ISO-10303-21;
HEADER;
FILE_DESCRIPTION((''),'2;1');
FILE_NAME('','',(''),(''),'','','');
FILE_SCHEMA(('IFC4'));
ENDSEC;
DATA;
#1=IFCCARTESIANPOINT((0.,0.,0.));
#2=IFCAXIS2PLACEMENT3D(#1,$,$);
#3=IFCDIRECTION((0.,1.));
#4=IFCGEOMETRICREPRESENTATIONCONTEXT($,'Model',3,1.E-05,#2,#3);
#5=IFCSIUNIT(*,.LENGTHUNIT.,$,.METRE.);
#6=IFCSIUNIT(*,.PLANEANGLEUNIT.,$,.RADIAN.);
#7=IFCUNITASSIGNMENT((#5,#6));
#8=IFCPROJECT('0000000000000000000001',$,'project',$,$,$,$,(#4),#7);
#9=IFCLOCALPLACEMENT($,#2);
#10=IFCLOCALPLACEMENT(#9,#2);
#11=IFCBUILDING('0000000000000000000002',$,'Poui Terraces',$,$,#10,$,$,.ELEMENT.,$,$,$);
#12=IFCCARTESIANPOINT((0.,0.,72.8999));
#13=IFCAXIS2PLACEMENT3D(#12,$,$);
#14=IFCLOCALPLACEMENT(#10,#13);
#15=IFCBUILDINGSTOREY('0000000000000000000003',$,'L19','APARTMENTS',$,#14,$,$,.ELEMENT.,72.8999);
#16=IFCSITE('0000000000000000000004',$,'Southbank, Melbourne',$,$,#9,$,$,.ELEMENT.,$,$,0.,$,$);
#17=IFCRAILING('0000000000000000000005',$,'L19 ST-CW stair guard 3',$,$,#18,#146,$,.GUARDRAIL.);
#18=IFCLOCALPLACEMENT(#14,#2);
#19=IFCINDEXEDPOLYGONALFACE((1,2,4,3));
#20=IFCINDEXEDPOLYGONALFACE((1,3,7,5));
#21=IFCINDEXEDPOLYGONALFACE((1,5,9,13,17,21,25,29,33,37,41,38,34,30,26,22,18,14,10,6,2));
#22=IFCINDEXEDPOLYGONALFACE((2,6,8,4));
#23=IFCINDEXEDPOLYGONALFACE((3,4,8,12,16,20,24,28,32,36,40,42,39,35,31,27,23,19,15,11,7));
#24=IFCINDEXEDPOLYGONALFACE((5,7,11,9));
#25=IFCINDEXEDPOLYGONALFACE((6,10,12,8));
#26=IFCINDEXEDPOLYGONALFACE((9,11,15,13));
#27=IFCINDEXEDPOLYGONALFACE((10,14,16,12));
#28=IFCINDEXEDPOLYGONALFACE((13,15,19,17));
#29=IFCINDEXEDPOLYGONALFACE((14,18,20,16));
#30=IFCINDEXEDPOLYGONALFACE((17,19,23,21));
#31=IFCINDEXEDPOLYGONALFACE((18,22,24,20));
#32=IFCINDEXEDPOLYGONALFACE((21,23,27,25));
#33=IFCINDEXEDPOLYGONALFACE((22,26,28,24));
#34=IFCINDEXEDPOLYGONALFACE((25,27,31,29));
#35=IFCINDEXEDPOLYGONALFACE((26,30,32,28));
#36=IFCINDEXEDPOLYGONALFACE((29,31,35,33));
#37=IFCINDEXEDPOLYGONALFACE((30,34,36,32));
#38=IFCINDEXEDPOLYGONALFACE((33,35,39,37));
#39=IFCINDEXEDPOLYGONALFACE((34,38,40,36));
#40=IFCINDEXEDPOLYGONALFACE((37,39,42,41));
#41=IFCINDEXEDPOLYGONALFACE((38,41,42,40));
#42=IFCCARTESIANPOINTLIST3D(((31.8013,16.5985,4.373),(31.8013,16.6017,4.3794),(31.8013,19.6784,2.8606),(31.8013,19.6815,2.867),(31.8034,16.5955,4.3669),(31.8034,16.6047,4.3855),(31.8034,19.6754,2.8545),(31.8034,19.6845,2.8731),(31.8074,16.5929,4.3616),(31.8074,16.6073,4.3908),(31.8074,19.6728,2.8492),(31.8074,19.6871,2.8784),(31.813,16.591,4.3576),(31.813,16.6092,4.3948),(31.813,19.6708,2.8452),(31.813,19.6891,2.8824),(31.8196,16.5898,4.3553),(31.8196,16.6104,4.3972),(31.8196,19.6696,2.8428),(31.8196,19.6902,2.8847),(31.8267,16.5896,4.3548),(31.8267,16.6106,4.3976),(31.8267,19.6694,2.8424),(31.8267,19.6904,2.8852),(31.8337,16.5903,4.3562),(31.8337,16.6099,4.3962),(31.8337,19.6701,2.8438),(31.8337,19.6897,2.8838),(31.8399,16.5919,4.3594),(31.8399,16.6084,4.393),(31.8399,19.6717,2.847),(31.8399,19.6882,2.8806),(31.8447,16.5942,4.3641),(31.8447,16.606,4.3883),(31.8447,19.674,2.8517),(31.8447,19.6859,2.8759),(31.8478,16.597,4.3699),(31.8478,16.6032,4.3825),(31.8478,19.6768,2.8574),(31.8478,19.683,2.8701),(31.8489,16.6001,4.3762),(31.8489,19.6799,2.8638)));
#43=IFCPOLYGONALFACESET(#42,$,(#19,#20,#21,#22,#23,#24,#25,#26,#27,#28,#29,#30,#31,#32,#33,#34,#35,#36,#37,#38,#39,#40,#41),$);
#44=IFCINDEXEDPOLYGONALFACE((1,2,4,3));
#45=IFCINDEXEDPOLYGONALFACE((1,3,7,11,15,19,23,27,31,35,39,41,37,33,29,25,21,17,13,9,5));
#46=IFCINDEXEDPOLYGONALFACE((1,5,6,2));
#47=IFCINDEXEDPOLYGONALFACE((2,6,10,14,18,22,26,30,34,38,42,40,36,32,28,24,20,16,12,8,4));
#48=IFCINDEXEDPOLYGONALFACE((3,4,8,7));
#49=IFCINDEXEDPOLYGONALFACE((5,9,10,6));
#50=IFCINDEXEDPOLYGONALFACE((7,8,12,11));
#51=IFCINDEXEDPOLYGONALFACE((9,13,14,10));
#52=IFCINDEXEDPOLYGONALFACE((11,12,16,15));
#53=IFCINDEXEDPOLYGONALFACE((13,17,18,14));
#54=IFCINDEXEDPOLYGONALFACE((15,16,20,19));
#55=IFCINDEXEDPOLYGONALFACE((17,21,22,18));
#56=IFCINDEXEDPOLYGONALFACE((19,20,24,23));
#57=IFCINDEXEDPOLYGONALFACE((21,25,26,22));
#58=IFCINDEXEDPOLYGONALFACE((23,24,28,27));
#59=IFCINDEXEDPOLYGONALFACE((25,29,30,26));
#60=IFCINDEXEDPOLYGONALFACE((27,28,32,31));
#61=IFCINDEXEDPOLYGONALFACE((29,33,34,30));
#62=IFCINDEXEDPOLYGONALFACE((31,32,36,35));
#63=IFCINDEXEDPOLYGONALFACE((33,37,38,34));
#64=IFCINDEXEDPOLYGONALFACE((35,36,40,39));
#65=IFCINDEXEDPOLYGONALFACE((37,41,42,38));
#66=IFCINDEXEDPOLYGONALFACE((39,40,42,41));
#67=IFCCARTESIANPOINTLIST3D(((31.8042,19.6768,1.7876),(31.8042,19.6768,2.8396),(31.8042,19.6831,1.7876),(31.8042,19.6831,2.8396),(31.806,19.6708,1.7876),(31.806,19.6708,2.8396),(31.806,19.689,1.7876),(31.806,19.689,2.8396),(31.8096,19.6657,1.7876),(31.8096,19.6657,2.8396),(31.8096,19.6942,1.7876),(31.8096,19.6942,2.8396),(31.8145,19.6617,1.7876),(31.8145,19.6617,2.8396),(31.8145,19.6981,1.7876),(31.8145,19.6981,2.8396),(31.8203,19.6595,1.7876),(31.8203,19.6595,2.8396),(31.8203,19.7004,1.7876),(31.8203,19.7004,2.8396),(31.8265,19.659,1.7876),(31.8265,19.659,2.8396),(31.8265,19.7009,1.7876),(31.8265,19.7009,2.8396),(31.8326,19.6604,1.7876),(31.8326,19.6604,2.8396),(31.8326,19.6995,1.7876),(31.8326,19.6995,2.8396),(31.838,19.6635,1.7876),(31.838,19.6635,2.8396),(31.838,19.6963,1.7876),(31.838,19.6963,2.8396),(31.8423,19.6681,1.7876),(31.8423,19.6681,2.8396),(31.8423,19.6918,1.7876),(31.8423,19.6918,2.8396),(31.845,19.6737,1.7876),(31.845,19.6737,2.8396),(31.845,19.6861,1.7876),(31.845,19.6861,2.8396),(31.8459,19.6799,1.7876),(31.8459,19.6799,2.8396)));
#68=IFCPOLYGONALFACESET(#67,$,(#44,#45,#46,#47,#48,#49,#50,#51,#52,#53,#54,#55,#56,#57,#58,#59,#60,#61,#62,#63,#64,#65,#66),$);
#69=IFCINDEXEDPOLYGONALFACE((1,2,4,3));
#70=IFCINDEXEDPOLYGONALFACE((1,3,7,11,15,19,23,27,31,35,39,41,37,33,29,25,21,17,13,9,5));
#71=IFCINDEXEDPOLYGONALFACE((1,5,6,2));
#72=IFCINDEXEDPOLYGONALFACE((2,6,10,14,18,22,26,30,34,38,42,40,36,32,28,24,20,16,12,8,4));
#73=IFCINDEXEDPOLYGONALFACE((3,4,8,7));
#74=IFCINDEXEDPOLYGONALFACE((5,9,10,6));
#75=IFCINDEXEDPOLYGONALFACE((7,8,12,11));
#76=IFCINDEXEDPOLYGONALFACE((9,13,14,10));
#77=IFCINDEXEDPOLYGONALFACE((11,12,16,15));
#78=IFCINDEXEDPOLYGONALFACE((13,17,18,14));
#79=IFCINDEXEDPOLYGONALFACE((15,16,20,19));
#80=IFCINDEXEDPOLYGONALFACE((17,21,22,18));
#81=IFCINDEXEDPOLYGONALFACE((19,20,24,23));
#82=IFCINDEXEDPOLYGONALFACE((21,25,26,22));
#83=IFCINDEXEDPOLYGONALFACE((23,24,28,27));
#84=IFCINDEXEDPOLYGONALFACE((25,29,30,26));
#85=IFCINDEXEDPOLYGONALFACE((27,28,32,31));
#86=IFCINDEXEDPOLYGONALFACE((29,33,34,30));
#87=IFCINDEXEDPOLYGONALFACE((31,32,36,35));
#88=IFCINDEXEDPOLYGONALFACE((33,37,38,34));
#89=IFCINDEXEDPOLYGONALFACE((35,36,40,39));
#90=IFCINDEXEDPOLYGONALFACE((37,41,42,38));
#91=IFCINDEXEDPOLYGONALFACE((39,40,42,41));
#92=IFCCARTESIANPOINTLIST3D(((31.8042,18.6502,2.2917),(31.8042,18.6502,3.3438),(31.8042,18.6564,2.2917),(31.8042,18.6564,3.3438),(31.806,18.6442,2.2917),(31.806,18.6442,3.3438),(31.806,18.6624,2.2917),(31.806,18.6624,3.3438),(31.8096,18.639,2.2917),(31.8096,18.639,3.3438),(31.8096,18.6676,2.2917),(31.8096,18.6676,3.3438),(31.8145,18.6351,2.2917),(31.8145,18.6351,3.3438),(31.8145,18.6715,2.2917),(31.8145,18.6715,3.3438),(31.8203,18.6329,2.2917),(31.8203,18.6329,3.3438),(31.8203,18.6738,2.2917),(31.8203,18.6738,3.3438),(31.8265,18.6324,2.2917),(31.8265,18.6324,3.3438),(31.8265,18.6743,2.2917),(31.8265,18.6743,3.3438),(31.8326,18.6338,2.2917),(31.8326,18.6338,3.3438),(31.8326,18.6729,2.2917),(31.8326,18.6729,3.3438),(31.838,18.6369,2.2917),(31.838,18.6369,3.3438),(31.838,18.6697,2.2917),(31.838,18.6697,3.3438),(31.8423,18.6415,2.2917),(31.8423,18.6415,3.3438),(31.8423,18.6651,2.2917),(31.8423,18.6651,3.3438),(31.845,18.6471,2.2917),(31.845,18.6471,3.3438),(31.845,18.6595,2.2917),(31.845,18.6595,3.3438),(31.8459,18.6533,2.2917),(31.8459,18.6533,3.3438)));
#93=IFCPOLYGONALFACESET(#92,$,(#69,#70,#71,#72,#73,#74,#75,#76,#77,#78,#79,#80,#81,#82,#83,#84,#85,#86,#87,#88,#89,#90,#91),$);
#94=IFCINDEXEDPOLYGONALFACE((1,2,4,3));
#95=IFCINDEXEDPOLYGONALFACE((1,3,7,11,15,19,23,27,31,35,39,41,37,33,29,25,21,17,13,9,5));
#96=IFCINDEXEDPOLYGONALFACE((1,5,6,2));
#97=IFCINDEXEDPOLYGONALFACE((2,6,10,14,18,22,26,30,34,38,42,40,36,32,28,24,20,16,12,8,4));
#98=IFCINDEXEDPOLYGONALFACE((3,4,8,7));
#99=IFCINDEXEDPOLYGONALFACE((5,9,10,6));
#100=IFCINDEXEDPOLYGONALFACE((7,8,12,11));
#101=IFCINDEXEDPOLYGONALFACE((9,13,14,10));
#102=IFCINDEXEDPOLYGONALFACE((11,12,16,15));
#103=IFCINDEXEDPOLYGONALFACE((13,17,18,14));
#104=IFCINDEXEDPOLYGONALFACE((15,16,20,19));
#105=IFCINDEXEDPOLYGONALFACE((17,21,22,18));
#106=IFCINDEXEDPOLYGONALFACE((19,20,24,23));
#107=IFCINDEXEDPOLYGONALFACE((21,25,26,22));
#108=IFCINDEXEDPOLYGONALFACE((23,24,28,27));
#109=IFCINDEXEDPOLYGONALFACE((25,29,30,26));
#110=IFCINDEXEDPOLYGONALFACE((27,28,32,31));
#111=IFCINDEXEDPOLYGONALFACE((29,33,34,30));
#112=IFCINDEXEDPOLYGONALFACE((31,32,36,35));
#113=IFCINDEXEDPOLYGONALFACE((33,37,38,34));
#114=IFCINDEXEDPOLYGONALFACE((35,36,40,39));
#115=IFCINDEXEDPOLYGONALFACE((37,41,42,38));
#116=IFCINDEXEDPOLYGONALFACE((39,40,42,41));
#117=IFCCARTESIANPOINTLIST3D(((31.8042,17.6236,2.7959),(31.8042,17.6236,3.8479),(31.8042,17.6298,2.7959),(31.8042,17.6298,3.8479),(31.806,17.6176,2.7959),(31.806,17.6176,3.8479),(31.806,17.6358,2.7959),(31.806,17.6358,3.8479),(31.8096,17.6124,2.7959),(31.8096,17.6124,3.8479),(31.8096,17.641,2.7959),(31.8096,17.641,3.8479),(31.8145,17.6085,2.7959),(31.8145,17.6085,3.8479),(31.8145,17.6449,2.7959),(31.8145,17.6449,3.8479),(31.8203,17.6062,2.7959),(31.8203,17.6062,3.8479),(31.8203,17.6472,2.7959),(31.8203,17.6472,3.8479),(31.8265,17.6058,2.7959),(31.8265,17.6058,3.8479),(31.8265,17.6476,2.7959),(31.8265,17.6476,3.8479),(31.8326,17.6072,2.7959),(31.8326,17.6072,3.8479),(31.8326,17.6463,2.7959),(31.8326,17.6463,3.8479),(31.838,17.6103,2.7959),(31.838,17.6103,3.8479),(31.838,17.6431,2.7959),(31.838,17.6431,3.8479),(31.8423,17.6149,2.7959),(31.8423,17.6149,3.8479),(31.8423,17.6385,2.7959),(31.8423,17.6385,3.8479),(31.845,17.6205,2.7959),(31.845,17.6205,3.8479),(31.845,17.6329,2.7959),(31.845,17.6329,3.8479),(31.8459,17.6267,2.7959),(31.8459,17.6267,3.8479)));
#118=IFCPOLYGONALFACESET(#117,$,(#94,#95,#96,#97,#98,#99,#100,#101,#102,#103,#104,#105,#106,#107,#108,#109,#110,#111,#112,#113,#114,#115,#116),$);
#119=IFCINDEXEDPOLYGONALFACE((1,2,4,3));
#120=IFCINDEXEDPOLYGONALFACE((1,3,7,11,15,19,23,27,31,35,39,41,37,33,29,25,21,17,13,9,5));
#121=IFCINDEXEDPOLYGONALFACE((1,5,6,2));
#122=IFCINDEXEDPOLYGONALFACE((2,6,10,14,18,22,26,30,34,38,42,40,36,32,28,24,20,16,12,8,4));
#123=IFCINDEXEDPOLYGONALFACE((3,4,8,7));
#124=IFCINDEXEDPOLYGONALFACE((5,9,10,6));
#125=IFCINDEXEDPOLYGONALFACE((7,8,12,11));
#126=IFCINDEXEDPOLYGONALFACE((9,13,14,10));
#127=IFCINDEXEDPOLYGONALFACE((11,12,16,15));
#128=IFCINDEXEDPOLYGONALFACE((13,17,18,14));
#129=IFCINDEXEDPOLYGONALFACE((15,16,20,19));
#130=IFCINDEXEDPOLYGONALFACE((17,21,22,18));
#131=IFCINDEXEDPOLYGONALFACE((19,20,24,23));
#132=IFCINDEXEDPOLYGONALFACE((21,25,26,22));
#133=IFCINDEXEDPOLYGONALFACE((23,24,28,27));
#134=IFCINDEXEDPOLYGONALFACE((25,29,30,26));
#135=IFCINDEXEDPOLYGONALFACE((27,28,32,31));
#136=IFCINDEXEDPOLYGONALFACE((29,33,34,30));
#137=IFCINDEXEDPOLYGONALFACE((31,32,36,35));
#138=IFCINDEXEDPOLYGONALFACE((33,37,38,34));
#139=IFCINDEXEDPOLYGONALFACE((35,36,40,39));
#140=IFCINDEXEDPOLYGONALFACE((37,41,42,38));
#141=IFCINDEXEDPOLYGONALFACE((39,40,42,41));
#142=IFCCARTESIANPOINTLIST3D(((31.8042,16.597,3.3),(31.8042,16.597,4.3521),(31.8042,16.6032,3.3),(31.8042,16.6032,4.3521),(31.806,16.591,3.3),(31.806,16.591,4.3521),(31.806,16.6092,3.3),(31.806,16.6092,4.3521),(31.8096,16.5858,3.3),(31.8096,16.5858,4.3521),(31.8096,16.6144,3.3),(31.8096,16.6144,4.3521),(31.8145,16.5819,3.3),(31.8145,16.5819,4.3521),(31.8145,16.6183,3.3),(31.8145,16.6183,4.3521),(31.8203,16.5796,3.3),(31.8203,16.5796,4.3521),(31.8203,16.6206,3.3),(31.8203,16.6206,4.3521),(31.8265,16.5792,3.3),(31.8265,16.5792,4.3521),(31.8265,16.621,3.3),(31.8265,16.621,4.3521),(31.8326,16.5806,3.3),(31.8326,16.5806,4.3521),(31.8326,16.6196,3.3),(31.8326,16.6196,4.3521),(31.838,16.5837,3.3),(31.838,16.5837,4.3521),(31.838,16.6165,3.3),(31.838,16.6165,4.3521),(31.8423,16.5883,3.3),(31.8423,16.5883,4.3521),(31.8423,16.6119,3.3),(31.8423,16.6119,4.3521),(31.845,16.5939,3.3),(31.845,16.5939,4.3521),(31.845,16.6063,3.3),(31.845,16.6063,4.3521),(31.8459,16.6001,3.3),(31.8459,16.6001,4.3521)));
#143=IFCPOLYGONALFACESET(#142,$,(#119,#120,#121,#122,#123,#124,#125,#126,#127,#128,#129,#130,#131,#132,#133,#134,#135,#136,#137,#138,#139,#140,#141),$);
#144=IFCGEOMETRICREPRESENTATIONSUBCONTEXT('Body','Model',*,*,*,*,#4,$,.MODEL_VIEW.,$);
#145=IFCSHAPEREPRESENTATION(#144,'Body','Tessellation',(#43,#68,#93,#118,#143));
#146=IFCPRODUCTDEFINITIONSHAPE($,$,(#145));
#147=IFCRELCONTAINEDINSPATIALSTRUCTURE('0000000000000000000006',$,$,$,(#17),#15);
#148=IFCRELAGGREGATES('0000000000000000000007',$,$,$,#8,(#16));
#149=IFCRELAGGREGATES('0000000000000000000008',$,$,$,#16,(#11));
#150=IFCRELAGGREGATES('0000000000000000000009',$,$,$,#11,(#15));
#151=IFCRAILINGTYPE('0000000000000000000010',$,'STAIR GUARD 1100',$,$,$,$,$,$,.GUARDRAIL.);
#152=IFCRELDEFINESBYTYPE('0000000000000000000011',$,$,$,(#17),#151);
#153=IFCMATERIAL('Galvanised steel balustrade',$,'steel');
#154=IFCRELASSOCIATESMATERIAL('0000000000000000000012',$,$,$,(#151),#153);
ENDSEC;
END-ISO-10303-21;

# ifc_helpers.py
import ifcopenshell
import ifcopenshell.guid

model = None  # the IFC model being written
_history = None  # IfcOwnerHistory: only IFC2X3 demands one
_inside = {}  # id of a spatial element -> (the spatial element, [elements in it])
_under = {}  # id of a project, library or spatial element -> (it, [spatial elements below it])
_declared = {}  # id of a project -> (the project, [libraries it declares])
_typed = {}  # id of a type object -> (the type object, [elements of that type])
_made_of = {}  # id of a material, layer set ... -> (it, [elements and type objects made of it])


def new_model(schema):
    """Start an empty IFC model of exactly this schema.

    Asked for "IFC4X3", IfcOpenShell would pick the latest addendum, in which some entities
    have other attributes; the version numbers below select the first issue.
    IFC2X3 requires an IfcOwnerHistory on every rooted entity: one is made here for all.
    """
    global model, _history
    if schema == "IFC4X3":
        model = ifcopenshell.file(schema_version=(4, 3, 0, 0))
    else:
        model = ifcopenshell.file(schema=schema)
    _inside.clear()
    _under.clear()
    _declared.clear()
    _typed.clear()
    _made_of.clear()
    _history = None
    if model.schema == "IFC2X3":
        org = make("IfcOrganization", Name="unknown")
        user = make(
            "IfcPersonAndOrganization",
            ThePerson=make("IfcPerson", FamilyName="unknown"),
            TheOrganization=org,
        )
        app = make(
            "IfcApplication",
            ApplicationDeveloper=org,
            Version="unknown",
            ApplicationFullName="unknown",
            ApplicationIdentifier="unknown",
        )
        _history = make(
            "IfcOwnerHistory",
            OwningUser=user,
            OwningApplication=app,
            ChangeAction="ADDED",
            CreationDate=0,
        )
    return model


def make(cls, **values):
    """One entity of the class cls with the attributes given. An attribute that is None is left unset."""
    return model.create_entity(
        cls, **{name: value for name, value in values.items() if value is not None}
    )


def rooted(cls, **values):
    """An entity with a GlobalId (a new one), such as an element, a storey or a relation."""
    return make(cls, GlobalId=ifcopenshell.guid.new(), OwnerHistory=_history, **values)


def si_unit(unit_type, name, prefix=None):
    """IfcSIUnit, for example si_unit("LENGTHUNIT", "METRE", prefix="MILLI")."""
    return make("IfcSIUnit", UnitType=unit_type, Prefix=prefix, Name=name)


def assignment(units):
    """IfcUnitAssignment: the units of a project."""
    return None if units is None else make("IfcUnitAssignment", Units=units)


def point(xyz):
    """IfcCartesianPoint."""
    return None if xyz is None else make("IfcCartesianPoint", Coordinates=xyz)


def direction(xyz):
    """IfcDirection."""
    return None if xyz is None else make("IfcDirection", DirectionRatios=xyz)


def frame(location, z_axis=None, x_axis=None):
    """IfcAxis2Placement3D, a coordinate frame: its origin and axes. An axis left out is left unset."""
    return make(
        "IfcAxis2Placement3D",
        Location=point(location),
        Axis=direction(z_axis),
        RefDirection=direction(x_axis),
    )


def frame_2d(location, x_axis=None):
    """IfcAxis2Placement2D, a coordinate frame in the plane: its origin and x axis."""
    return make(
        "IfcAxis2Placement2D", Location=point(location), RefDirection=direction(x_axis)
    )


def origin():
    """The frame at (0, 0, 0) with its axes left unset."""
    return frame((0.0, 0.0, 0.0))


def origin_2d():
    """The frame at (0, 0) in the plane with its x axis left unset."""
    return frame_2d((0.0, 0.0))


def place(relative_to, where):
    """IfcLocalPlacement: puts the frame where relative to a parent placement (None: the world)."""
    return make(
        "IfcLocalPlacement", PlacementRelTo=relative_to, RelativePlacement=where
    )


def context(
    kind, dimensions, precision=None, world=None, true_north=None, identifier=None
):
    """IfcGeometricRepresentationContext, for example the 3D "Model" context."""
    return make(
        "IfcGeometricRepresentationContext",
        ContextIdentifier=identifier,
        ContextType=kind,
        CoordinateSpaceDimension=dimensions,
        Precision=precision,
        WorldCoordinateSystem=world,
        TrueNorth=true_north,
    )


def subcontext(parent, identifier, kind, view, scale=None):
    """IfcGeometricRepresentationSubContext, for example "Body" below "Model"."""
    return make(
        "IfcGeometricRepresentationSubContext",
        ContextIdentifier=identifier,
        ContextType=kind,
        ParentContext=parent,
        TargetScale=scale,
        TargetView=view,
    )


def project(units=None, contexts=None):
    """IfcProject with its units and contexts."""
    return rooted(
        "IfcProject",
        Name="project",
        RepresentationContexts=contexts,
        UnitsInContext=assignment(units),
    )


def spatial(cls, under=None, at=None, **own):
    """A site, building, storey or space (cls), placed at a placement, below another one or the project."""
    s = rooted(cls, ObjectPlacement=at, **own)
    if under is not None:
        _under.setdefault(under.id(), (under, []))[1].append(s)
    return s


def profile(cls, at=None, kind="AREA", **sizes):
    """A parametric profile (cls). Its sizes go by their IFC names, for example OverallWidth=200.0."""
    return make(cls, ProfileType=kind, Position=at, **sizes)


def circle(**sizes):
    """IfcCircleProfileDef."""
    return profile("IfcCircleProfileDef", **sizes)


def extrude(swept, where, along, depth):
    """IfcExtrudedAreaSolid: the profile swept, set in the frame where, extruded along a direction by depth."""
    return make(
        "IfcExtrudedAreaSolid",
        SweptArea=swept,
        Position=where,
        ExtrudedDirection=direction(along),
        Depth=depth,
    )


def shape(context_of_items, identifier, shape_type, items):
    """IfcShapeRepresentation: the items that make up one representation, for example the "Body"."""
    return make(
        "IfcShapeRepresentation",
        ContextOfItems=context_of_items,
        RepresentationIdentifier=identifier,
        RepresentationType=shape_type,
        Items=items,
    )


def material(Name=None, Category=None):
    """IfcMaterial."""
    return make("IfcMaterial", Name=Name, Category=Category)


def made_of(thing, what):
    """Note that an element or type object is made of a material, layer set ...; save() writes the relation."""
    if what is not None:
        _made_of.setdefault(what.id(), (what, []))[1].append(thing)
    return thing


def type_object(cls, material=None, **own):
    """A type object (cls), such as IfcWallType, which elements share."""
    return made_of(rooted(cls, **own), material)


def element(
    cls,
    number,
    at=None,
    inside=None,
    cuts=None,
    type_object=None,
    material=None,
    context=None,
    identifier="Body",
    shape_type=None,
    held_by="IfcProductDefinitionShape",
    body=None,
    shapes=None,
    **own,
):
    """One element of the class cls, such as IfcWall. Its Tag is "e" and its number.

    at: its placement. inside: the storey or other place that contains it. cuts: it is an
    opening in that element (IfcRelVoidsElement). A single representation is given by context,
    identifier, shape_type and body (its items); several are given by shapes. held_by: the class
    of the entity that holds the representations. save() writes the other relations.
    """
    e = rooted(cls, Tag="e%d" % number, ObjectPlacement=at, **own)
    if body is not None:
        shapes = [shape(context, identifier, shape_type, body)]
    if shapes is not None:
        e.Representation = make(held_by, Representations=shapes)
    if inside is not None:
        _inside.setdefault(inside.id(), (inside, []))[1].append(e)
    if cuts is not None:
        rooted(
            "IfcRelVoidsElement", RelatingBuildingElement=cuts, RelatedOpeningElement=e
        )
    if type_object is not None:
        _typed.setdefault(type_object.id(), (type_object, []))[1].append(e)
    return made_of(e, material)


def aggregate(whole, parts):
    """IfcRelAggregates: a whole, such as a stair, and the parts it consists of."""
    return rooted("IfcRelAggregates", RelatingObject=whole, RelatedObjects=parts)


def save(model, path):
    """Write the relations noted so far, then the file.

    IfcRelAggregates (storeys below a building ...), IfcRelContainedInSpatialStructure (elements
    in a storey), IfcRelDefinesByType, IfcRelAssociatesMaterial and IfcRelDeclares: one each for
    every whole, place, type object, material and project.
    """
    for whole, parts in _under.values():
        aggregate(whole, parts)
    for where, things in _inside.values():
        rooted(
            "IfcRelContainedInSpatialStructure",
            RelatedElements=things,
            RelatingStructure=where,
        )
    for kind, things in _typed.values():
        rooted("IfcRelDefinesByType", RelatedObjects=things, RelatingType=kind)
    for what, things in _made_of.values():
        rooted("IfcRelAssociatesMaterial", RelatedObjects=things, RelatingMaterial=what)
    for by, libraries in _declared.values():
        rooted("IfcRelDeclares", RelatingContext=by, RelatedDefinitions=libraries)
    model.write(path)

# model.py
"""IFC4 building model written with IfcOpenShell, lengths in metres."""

from ifc_helpers import new_model, si_unit, direction, frame, origin, origin_2d, place, context, subcontext, project, spatial, circle, extrude, material, type_object, element, save


model = new_model("IFC4")

# Units and contexts
model_context = context("Model", 3, precision=1e-05, world=origin(), true_north=direction((0.0, 1.0)))
body_context = subcontext(model_context, "Body", "Model", "MODEL_VIEW")
ifc_project = project(units=[si_unit("LENGTHUNIT", "METRE"), si_unit("PLANEANGLEUNIT", "RADIAN")], contexts=[model_context])

# Site, building, storey
site_placement = place(None, origin())
site = spatial("IfcSite", under=ifc_project, at=site_placement, Name="Southbank, Melbourne", CompositionType="ELEMENT", RefElevation=0.0)
building_placement = place(site_placement, origin())
building = spatial("IfcBuilding", under=site, at=building_placement, Name="Poui Terraces", CompositionType="ELEMENT")
storey_placement = place(building_placement, frame((0.0, 0.0, 72.8999)))
storey = spatial("IfcBuildingStorey", under=building, at=storey_placement, Name="L19", Description="APARTMENTS", CompositionType="ELEMENT", Elevation=72.8999)

# Railing
ifc_material_1 = material(Name="Galvanised steel balustrade", Category="steel")
railing_type_1 = type_object("IfcRailingType", Name="STAIR GUARD 1100", PredefinedType="GUARDRAIL", material=ifc_material_1)
railing_1_placement = place(storey_placement, frame((31.825, 19.6799, 1.7876)))
element("IfcRailing", 1, at=railing_1_placement, inside=storey, type_object=railing_type_1, Name="L19 ST-CW stair guard 3", PredefinedType="GUARDRAIL", context=body_context, shape_type="SweptSolid", body=[
    extrude(circle(Radius=0.0239, at=origin_2d()), frame((0.0, 0.0, 1.0762), z_axis=(0.0, -0.897606, 0.440798), x_axis=(1.0, 0.0, 0.0)), (0.0, 0.0, 1.0), 3.4312),
    extrude(circle(Radius=0.021, at=origin_2d()), origin(), (0.0, 0.0, 1.0), 1.052),
    extrude(circle(Radius=0.021, at=origin_2d()), frame((0.0, -1.0266, 0.5042)), (0.0, 0.0, 1.0), 1.052),
    extrude(circle(Radius=0.021, at=origin_2d()), frame((0.0, -2.0532, 1.0083)), (0.0, 0.0, 1.0), 1.052),
    extrude(circle(Radius=0.021, at=origin_2d()), frame((0.0, -3.0798, 1.5125)), (0.0, 0.0, 1.0), 1.052),
])

save(model, "model.ifc")
